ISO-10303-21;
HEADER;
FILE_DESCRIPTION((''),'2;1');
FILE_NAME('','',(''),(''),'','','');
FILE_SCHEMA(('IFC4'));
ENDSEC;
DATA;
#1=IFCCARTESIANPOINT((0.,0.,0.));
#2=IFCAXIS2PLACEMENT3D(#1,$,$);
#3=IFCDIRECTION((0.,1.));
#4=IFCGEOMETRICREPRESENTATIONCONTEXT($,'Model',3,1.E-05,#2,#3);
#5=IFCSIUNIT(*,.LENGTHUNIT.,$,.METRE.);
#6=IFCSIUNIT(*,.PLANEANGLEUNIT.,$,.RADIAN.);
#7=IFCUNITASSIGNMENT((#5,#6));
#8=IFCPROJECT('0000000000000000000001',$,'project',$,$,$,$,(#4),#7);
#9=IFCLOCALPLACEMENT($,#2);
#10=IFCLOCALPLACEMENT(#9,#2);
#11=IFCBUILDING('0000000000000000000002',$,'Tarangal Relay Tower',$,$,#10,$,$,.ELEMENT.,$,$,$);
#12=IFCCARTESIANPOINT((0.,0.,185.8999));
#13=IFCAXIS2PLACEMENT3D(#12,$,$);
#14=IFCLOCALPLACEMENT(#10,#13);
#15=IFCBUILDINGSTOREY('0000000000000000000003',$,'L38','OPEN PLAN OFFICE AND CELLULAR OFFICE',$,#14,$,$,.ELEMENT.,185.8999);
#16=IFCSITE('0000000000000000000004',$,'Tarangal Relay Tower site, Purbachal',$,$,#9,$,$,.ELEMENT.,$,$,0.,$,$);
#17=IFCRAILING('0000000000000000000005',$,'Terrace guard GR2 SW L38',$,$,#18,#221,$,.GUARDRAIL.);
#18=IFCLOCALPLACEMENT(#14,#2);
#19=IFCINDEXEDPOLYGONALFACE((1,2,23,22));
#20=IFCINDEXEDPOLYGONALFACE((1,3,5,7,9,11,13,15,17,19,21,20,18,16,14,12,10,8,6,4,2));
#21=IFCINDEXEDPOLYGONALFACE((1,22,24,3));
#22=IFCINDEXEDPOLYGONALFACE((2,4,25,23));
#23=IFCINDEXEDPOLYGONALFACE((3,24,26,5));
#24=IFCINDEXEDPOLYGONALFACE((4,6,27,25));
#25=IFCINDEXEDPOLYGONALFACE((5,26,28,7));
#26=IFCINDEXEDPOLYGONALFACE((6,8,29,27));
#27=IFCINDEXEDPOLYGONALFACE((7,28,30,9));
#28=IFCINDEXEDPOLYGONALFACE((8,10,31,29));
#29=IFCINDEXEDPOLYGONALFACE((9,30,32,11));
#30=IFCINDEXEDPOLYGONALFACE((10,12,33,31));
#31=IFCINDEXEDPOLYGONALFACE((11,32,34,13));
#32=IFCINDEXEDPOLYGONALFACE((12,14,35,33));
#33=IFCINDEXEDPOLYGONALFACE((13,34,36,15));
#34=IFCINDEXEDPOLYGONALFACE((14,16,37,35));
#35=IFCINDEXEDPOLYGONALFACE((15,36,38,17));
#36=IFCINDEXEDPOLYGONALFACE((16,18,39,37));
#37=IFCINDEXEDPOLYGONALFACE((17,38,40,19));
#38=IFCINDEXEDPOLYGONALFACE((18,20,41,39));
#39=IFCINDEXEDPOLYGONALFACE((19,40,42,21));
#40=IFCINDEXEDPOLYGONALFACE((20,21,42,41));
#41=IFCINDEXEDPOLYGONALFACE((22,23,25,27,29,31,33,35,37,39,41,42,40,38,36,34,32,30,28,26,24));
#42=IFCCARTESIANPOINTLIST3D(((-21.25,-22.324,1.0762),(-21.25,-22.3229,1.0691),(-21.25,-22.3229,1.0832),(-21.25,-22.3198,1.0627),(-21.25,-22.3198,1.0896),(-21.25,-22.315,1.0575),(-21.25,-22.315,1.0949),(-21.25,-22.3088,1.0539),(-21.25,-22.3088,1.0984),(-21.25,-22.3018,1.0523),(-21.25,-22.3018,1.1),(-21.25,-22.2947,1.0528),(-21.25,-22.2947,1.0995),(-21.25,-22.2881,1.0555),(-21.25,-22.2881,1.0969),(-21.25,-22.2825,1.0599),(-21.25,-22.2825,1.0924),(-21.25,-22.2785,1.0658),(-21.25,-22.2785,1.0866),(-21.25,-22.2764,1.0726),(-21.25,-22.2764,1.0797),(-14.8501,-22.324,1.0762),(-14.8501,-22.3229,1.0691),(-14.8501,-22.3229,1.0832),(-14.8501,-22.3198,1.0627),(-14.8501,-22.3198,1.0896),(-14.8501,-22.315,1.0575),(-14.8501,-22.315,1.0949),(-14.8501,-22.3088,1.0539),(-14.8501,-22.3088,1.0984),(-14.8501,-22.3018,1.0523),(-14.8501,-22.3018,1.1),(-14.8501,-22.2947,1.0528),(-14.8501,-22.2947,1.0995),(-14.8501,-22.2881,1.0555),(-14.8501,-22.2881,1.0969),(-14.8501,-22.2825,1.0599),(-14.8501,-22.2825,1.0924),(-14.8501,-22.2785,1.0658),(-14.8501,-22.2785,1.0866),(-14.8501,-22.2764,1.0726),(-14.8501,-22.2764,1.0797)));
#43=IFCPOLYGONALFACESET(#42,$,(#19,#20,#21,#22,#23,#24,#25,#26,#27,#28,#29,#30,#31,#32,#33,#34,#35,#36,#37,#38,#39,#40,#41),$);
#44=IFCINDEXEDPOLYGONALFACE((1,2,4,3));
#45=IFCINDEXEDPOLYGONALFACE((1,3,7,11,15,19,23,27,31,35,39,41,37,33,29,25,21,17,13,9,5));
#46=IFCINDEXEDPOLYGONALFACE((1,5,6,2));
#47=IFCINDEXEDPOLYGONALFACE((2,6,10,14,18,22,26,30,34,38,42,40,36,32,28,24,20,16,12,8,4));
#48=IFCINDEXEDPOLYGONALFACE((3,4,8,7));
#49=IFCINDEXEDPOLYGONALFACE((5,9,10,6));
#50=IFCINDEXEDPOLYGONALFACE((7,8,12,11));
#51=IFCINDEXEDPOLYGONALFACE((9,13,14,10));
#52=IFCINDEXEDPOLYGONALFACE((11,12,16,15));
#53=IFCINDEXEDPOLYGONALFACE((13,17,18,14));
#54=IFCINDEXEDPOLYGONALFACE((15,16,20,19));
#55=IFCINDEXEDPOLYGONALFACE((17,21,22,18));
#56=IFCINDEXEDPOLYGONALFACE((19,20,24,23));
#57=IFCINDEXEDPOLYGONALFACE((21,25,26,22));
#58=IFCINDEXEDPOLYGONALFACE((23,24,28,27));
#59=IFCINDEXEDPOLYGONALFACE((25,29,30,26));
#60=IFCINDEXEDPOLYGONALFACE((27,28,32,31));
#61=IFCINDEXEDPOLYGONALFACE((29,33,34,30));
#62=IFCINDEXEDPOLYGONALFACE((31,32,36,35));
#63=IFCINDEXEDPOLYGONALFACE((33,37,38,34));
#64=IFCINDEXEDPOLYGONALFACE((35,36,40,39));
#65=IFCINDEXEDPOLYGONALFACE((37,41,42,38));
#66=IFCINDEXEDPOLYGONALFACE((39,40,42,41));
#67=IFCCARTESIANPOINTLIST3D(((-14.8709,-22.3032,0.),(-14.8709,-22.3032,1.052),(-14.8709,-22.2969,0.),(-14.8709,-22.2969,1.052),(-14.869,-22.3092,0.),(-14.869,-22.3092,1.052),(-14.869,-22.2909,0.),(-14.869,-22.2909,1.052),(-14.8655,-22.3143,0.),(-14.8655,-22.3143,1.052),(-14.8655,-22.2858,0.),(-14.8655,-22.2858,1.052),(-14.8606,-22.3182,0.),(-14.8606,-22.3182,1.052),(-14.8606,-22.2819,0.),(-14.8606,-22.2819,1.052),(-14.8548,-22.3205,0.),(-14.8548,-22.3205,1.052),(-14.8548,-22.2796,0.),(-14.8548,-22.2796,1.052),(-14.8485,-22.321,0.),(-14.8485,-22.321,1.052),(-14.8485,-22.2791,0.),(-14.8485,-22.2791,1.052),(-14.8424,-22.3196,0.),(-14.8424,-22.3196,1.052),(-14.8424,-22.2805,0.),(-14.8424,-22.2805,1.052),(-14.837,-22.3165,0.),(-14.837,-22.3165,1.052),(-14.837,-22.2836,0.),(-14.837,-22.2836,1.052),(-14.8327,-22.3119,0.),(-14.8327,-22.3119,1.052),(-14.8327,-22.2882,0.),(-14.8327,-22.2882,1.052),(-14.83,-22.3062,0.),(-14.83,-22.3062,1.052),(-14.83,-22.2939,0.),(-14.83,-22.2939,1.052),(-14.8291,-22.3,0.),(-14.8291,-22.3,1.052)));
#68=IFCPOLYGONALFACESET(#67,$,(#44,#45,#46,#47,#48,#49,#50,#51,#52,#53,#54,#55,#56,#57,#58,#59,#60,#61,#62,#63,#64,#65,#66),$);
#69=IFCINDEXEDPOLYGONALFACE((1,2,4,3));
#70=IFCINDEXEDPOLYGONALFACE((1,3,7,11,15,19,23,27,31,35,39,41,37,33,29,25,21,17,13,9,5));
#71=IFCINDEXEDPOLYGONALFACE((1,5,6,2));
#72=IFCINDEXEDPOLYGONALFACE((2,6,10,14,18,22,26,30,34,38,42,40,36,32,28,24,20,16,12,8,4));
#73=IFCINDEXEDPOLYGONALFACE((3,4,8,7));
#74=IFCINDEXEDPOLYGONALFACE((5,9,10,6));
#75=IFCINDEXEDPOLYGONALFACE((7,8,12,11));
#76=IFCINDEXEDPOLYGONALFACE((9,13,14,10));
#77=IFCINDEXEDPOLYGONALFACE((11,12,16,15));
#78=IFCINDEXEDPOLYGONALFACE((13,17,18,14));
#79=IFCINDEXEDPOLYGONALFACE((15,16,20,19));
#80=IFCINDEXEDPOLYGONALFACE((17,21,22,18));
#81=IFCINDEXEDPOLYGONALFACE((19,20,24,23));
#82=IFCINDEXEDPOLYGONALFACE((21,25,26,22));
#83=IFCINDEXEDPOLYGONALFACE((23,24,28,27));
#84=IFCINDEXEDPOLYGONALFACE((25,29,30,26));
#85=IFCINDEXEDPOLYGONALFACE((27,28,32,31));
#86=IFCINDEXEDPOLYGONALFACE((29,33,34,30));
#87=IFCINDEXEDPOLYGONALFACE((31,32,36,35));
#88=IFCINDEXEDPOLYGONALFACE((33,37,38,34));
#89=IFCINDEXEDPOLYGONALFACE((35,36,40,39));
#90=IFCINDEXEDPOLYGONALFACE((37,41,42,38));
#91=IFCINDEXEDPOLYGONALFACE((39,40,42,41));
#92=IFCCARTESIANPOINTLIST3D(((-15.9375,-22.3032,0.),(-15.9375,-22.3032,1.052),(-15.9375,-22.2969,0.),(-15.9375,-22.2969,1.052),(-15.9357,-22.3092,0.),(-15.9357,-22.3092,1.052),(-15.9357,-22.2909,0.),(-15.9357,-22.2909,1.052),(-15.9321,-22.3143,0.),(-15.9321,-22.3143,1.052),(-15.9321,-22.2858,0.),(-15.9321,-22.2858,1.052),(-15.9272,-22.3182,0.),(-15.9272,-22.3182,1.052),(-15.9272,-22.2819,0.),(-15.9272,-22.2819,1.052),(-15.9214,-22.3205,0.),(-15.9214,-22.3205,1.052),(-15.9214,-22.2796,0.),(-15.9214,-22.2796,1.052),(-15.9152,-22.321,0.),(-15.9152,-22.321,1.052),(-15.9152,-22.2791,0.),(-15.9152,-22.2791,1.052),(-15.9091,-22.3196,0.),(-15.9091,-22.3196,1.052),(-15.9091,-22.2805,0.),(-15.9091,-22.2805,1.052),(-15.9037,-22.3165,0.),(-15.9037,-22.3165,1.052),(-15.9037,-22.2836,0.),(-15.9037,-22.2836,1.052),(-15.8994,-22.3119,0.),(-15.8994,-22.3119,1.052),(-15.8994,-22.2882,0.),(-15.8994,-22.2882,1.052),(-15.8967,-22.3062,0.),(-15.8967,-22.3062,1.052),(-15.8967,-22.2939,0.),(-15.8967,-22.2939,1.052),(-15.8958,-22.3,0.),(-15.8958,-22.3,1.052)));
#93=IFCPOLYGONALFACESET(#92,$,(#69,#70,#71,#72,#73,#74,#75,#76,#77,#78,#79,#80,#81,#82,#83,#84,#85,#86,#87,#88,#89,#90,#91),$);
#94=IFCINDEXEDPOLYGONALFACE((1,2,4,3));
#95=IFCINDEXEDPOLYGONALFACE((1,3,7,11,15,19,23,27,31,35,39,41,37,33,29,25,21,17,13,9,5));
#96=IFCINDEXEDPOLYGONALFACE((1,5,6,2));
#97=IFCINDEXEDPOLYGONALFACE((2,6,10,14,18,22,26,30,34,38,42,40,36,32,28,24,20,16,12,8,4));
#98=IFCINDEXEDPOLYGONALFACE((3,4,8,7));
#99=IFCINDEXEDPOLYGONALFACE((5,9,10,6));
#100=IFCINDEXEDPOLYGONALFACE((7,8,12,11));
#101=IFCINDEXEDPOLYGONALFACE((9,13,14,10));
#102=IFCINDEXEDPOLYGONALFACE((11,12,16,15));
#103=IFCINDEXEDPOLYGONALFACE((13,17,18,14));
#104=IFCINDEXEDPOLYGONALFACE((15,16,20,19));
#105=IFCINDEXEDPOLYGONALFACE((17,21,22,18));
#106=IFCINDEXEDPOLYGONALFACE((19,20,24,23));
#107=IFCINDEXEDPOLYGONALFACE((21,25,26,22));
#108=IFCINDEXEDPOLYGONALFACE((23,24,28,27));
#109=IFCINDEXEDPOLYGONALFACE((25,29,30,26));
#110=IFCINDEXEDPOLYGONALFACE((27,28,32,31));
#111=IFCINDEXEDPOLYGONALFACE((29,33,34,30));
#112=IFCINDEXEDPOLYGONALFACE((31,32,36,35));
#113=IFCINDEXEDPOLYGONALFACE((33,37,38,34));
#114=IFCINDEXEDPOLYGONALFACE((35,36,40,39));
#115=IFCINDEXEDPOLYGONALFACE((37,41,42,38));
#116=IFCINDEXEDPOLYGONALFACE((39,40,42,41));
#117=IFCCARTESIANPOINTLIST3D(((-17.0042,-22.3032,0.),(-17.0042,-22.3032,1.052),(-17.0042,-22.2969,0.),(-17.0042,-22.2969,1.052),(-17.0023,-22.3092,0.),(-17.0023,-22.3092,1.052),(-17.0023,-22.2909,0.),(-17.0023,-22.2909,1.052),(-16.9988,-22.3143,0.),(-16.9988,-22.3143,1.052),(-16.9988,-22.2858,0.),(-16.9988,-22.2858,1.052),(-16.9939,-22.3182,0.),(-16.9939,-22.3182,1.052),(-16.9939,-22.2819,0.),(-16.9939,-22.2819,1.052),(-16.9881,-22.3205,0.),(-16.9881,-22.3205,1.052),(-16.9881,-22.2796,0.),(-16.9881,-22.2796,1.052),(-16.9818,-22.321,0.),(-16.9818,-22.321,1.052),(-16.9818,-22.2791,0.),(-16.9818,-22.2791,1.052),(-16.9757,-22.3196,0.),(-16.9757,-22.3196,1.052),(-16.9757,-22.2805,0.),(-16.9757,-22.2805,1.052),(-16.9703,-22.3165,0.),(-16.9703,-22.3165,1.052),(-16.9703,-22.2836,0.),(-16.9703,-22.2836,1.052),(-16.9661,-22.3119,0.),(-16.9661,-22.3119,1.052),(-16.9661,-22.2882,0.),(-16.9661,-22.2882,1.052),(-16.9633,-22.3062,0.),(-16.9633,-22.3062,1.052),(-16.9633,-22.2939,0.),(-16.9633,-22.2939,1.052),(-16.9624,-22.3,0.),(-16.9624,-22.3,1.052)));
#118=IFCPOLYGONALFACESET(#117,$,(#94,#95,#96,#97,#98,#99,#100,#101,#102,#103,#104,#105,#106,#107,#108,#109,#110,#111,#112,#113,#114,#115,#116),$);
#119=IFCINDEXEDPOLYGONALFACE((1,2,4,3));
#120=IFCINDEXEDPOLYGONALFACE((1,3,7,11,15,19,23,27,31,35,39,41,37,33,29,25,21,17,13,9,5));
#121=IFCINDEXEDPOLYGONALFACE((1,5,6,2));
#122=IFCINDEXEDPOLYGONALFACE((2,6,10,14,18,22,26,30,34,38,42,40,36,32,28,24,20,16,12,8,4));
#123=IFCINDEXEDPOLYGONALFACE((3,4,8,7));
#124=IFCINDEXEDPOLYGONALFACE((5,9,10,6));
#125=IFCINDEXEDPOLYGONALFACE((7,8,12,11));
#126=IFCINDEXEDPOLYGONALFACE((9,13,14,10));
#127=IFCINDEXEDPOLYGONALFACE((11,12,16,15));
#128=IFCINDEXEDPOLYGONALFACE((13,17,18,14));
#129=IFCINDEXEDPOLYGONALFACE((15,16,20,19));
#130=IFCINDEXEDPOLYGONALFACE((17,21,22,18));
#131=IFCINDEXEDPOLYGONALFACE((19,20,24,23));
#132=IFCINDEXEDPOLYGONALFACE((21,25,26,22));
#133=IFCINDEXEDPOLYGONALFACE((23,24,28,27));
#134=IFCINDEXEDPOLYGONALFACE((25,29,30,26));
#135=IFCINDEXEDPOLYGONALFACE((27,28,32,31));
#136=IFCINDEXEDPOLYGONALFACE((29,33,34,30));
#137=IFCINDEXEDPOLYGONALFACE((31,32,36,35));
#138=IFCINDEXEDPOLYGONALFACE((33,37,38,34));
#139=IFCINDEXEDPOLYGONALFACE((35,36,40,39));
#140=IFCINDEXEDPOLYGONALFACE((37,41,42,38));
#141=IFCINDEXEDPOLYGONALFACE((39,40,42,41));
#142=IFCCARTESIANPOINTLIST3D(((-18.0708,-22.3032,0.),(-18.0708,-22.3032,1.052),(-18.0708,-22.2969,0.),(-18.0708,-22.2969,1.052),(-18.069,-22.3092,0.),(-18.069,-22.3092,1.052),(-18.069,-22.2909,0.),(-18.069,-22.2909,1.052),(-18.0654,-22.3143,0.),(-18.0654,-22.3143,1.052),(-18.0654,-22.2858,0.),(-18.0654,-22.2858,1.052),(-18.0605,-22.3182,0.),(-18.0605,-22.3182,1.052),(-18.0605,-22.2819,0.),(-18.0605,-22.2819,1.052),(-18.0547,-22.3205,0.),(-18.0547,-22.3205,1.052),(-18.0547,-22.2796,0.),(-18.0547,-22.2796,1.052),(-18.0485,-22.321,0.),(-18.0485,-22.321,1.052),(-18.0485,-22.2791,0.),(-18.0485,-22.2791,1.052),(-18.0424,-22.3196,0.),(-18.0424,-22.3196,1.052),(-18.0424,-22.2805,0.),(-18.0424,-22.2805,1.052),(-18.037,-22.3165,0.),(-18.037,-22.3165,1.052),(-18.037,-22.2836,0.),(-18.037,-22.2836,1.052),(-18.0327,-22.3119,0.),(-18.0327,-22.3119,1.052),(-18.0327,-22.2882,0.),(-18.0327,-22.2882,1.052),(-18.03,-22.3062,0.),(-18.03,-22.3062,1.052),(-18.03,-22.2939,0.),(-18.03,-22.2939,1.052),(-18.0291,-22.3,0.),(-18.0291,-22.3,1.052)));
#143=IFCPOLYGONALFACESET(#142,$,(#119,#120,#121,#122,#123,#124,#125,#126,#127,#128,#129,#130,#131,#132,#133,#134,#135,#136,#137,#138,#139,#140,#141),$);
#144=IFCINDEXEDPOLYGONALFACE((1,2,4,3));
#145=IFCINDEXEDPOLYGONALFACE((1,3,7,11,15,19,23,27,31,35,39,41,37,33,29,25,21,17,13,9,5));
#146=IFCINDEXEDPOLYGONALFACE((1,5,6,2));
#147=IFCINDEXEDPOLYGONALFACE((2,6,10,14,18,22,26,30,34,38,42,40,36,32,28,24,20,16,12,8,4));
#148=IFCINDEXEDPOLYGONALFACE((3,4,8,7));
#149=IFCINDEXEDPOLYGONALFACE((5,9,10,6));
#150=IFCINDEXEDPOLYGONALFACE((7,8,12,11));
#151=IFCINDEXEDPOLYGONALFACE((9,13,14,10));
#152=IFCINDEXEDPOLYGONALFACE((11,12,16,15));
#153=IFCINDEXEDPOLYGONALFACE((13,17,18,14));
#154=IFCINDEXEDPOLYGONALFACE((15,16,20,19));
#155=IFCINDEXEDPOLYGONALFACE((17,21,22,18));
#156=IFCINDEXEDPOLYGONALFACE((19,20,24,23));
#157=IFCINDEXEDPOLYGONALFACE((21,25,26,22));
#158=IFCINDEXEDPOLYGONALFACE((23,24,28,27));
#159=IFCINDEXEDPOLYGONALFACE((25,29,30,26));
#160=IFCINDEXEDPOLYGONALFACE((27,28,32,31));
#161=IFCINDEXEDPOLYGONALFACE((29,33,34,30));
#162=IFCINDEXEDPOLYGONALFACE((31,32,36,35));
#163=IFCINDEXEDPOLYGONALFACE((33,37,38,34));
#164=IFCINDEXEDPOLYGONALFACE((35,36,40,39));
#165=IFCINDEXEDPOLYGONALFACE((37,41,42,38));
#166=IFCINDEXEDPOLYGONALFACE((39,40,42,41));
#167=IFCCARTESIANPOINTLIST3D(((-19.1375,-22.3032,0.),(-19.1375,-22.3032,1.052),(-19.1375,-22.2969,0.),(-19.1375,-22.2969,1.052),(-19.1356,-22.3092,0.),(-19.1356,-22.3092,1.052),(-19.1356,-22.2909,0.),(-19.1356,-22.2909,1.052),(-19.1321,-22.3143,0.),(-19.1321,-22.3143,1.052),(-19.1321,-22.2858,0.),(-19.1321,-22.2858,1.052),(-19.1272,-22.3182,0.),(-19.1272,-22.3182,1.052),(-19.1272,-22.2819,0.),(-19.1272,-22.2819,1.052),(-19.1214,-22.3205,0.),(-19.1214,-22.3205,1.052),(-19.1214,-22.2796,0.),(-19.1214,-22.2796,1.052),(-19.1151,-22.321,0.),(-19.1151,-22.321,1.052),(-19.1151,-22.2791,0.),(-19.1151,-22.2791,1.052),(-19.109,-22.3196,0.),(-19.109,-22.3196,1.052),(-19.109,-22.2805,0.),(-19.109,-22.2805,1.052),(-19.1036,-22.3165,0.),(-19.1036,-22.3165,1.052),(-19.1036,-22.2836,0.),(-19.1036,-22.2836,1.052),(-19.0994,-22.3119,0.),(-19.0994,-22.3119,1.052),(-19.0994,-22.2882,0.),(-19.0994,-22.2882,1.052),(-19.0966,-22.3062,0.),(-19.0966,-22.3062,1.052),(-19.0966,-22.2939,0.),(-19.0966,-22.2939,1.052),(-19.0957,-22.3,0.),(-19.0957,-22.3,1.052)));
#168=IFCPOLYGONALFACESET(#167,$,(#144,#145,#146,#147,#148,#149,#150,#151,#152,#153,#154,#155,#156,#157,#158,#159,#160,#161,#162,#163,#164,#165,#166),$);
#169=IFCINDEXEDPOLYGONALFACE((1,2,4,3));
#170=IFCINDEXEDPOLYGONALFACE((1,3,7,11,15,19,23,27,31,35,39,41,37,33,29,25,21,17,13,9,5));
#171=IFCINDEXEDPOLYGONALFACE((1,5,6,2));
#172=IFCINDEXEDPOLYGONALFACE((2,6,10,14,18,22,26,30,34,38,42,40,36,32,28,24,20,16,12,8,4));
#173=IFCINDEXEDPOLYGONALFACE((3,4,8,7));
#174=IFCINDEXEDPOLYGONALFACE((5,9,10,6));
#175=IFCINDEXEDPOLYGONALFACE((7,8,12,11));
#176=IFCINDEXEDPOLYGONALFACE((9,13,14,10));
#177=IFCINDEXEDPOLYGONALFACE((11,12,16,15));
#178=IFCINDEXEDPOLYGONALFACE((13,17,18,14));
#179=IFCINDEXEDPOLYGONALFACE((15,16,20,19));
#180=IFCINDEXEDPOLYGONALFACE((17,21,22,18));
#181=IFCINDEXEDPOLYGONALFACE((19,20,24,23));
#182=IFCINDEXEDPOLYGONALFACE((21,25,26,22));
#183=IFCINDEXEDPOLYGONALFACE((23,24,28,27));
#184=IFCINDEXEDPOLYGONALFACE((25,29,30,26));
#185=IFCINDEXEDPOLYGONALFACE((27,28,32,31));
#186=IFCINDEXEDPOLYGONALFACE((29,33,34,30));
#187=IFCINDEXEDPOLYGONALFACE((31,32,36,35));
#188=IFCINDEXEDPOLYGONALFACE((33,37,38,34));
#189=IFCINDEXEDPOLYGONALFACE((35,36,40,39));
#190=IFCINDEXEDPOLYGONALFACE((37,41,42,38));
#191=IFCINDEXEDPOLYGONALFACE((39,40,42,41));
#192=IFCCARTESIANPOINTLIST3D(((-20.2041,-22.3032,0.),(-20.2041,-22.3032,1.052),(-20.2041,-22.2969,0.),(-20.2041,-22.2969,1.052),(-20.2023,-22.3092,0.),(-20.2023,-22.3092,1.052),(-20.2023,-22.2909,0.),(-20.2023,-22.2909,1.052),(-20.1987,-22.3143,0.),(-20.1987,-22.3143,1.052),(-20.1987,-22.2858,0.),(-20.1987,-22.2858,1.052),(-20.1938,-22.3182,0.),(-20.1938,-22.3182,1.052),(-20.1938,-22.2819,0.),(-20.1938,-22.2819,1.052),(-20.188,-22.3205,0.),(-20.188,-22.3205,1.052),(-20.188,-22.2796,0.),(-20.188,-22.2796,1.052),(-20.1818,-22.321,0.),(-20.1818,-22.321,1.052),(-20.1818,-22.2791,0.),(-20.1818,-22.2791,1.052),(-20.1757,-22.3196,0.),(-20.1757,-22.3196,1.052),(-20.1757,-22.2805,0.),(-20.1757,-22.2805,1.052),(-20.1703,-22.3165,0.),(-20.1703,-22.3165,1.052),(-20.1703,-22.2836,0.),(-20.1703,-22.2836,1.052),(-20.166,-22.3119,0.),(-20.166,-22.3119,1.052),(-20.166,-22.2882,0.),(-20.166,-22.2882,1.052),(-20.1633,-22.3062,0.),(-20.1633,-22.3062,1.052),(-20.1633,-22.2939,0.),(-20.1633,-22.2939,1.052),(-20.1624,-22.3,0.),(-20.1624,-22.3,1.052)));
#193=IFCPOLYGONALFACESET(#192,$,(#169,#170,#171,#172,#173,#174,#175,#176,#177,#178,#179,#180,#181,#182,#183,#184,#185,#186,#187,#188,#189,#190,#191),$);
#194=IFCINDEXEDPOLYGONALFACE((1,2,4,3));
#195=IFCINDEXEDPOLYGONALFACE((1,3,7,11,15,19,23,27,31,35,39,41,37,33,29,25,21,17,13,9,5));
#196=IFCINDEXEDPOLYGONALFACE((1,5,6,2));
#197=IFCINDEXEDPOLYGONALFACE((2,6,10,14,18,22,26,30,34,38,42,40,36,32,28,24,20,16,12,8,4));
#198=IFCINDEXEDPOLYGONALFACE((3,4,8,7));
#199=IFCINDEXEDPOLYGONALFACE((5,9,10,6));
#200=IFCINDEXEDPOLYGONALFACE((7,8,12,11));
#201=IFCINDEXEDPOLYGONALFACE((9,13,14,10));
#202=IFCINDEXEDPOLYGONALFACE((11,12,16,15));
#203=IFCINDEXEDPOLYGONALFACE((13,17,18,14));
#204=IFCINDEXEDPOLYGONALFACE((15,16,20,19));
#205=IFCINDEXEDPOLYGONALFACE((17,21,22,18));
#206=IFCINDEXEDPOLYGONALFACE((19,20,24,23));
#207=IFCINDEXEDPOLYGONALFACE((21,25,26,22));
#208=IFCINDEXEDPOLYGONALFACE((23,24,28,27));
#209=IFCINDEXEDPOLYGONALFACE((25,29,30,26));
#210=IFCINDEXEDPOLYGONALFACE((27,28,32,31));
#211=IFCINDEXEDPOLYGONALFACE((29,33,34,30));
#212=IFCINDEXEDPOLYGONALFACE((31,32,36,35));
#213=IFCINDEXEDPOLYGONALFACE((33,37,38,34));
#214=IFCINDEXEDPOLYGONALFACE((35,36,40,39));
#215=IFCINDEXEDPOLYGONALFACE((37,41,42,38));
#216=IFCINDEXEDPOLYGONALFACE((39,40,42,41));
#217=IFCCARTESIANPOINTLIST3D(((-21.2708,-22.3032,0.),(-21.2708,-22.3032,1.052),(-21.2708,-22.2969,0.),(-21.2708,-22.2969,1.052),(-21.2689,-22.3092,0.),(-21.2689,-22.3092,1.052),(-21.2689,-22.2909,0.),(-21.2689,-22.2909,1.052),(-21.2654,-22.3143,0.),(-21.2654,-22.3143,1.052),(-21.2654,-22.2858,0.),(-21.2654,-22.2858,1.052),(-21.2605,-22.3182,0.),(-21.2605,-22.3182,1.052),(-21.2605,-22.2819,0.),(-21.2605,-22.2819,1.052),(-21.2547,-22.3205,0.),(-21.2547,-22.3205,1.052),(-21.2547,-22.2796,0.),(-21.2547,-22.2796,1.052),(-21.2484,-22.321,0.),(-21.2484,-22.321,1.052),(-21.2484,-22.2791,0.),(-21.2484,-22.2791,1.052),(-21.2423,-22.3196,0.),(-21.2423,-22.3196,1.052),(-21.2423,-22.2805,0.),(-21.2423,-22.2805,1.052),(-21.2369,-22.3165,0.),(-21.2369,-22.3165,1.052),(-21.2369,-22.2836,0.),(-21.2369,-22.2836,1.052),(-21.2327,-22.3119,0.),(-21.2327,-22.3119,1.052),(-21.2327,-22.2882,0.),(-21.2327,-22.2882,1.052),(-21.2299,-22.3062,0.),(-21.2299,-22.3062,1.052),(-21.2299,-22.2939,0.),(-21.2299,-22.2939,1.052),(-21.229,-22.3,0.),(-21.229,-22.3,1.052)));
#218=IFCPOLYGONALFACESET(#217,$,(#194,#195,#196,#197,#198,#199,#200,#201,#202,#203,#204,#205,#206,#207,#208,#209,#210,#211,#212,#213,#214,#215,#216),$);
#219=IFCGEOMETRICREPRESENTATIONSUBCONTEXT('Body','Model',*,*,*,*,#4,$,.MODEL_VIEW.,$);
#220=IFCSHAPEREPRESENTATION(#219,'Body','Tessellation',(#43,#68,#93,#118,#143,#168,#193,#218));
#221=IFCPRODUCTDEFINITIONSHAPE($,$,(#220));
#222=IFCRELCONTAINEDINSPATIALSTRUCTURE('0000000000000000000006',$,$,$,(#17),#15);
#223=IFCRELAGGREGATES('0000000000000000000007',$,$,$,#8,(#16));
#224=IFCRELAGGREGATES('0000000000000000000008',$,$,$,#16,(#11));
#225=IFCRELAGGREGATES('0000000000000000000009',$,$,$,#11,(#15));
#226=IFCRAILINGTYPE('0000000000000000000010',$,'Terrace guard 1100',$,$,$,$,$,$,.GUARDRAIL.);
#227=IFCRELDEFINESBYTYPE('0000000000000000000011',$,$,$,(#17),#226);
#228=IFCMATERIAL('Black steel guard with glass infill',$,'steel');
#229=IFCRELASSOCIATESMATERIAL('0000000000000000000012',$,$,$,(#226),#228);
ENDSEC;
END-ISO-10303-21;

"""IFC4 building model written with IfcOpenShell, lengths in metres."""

from ifc_helpers import new_model, si_unit, direction, frame, origin, origin_2d, place, context, subcontext, project, spatial, circle, extrude, material, type_object, element, save


model = new_model("IFC4")

# Units and contexts
model_context = context("Model", 3, precision=1e-05, world=origin(), true_north=direction((0.0, 1.0)))
body_context = subcontext(model_context, "Body", "Model", "MODEL_VIEW")
ifc_project = project(units=[si_unit("LENGTHUNIT", "METRE"), si_unit("PLANEANGLEUNIT", "RADIAN")], contexts=[model_context])

# Site, building, storey
site_placement = place(None, origin())
site = spatial("IfcSite", under=ifc_project, at=site_placement, Name="Tarangal Relay Tower site, Purbachal", CompositionType="ELEMENT", RefElevation=0.0)
building_placement = place(site_placement, origin())
building = spatial("IfcBuilding", under=site, at=building_placement, Name="Tarangal Relay Tower", CompositionType="ELEMENT")
storey_placement = place(building_placement, frame((0.0, 0.0, 185.8999)))
storey = spatial("IfcBuildingStorey", under=building, at=storey_placement, Name="L38", Description="OPEN PLAN OFFICE AND CELLULAR OFFICE", CompositionType="ELEMENT", Elevation=185.8999)

# Railing
ifc_material_1 = material(Name="Black steel guard with glass infill", Category="steel")
railing_type = type_object("IfcRailingType", Name="Terrace guard 1100", PredefinedType="GUARDRAIL", material=ifc_material_1)
railing_1_placement = place(storey_placement, frame((-14.8501, -22.3, 0.0)))
element("IfcRailing", 1, at=railing_1_placement, inside=storey, type_object=railing_type, Name="Terrace guard GR2 SW L38", PredefinedType="GUARDRAIL", context=body_context, shape_type="SweptSolid", body=[
    extrude(circle(Radius=0.0239, at=origin_2d()), frame((0.0, 0.0, 1.0762), z_axis=(-1.0, 0.0, 0.0), x_axis=(0.0, -1.0, 0.0)), (0.0, 0.0, 1.0), 6.3999),
    extrude(circle(Radius=0.021, at=origin_2d()), origin(), (0.0, 0.0, 1.0), 1.052),
    extrude(circle(Radius=0.021, at=origin_2d()), frame((-1.0667, 0.0, 0.0)), (0.0, 0.0, 1.0), 1.052),
    extrude(circle(Radius=0.021, at=origin_2d()), frame((-2.1333, 0.0, 0.0)), (0.0, 0.0, 1.0), 1.052),
    extrude(circle(Radius=0.021, at=origin_2d()), frame((-3.2, 0.0, 0.0)), (0.0, 0.0, 1.0), 1.052),
    extrude(circle(Radius=0.021, at=origin_2d()), frame((-4.2666, 0.0, 0.0)), (0.0, 0.0, 1.0), 1.052),
    extrude(circle(Radius=0.021, at=origin_2d()), frame((-5.3333, 0.0, 0.0)), (0.0, 0.0, 1.0), 1.052),
    extrude(circle(Radius=0.021, at=origin_2d()), frame((-6.3999, 0.0, 0.0)), (0.0, 0.0, 1.0), 1.052),
])

save(model, "model.ifc")
